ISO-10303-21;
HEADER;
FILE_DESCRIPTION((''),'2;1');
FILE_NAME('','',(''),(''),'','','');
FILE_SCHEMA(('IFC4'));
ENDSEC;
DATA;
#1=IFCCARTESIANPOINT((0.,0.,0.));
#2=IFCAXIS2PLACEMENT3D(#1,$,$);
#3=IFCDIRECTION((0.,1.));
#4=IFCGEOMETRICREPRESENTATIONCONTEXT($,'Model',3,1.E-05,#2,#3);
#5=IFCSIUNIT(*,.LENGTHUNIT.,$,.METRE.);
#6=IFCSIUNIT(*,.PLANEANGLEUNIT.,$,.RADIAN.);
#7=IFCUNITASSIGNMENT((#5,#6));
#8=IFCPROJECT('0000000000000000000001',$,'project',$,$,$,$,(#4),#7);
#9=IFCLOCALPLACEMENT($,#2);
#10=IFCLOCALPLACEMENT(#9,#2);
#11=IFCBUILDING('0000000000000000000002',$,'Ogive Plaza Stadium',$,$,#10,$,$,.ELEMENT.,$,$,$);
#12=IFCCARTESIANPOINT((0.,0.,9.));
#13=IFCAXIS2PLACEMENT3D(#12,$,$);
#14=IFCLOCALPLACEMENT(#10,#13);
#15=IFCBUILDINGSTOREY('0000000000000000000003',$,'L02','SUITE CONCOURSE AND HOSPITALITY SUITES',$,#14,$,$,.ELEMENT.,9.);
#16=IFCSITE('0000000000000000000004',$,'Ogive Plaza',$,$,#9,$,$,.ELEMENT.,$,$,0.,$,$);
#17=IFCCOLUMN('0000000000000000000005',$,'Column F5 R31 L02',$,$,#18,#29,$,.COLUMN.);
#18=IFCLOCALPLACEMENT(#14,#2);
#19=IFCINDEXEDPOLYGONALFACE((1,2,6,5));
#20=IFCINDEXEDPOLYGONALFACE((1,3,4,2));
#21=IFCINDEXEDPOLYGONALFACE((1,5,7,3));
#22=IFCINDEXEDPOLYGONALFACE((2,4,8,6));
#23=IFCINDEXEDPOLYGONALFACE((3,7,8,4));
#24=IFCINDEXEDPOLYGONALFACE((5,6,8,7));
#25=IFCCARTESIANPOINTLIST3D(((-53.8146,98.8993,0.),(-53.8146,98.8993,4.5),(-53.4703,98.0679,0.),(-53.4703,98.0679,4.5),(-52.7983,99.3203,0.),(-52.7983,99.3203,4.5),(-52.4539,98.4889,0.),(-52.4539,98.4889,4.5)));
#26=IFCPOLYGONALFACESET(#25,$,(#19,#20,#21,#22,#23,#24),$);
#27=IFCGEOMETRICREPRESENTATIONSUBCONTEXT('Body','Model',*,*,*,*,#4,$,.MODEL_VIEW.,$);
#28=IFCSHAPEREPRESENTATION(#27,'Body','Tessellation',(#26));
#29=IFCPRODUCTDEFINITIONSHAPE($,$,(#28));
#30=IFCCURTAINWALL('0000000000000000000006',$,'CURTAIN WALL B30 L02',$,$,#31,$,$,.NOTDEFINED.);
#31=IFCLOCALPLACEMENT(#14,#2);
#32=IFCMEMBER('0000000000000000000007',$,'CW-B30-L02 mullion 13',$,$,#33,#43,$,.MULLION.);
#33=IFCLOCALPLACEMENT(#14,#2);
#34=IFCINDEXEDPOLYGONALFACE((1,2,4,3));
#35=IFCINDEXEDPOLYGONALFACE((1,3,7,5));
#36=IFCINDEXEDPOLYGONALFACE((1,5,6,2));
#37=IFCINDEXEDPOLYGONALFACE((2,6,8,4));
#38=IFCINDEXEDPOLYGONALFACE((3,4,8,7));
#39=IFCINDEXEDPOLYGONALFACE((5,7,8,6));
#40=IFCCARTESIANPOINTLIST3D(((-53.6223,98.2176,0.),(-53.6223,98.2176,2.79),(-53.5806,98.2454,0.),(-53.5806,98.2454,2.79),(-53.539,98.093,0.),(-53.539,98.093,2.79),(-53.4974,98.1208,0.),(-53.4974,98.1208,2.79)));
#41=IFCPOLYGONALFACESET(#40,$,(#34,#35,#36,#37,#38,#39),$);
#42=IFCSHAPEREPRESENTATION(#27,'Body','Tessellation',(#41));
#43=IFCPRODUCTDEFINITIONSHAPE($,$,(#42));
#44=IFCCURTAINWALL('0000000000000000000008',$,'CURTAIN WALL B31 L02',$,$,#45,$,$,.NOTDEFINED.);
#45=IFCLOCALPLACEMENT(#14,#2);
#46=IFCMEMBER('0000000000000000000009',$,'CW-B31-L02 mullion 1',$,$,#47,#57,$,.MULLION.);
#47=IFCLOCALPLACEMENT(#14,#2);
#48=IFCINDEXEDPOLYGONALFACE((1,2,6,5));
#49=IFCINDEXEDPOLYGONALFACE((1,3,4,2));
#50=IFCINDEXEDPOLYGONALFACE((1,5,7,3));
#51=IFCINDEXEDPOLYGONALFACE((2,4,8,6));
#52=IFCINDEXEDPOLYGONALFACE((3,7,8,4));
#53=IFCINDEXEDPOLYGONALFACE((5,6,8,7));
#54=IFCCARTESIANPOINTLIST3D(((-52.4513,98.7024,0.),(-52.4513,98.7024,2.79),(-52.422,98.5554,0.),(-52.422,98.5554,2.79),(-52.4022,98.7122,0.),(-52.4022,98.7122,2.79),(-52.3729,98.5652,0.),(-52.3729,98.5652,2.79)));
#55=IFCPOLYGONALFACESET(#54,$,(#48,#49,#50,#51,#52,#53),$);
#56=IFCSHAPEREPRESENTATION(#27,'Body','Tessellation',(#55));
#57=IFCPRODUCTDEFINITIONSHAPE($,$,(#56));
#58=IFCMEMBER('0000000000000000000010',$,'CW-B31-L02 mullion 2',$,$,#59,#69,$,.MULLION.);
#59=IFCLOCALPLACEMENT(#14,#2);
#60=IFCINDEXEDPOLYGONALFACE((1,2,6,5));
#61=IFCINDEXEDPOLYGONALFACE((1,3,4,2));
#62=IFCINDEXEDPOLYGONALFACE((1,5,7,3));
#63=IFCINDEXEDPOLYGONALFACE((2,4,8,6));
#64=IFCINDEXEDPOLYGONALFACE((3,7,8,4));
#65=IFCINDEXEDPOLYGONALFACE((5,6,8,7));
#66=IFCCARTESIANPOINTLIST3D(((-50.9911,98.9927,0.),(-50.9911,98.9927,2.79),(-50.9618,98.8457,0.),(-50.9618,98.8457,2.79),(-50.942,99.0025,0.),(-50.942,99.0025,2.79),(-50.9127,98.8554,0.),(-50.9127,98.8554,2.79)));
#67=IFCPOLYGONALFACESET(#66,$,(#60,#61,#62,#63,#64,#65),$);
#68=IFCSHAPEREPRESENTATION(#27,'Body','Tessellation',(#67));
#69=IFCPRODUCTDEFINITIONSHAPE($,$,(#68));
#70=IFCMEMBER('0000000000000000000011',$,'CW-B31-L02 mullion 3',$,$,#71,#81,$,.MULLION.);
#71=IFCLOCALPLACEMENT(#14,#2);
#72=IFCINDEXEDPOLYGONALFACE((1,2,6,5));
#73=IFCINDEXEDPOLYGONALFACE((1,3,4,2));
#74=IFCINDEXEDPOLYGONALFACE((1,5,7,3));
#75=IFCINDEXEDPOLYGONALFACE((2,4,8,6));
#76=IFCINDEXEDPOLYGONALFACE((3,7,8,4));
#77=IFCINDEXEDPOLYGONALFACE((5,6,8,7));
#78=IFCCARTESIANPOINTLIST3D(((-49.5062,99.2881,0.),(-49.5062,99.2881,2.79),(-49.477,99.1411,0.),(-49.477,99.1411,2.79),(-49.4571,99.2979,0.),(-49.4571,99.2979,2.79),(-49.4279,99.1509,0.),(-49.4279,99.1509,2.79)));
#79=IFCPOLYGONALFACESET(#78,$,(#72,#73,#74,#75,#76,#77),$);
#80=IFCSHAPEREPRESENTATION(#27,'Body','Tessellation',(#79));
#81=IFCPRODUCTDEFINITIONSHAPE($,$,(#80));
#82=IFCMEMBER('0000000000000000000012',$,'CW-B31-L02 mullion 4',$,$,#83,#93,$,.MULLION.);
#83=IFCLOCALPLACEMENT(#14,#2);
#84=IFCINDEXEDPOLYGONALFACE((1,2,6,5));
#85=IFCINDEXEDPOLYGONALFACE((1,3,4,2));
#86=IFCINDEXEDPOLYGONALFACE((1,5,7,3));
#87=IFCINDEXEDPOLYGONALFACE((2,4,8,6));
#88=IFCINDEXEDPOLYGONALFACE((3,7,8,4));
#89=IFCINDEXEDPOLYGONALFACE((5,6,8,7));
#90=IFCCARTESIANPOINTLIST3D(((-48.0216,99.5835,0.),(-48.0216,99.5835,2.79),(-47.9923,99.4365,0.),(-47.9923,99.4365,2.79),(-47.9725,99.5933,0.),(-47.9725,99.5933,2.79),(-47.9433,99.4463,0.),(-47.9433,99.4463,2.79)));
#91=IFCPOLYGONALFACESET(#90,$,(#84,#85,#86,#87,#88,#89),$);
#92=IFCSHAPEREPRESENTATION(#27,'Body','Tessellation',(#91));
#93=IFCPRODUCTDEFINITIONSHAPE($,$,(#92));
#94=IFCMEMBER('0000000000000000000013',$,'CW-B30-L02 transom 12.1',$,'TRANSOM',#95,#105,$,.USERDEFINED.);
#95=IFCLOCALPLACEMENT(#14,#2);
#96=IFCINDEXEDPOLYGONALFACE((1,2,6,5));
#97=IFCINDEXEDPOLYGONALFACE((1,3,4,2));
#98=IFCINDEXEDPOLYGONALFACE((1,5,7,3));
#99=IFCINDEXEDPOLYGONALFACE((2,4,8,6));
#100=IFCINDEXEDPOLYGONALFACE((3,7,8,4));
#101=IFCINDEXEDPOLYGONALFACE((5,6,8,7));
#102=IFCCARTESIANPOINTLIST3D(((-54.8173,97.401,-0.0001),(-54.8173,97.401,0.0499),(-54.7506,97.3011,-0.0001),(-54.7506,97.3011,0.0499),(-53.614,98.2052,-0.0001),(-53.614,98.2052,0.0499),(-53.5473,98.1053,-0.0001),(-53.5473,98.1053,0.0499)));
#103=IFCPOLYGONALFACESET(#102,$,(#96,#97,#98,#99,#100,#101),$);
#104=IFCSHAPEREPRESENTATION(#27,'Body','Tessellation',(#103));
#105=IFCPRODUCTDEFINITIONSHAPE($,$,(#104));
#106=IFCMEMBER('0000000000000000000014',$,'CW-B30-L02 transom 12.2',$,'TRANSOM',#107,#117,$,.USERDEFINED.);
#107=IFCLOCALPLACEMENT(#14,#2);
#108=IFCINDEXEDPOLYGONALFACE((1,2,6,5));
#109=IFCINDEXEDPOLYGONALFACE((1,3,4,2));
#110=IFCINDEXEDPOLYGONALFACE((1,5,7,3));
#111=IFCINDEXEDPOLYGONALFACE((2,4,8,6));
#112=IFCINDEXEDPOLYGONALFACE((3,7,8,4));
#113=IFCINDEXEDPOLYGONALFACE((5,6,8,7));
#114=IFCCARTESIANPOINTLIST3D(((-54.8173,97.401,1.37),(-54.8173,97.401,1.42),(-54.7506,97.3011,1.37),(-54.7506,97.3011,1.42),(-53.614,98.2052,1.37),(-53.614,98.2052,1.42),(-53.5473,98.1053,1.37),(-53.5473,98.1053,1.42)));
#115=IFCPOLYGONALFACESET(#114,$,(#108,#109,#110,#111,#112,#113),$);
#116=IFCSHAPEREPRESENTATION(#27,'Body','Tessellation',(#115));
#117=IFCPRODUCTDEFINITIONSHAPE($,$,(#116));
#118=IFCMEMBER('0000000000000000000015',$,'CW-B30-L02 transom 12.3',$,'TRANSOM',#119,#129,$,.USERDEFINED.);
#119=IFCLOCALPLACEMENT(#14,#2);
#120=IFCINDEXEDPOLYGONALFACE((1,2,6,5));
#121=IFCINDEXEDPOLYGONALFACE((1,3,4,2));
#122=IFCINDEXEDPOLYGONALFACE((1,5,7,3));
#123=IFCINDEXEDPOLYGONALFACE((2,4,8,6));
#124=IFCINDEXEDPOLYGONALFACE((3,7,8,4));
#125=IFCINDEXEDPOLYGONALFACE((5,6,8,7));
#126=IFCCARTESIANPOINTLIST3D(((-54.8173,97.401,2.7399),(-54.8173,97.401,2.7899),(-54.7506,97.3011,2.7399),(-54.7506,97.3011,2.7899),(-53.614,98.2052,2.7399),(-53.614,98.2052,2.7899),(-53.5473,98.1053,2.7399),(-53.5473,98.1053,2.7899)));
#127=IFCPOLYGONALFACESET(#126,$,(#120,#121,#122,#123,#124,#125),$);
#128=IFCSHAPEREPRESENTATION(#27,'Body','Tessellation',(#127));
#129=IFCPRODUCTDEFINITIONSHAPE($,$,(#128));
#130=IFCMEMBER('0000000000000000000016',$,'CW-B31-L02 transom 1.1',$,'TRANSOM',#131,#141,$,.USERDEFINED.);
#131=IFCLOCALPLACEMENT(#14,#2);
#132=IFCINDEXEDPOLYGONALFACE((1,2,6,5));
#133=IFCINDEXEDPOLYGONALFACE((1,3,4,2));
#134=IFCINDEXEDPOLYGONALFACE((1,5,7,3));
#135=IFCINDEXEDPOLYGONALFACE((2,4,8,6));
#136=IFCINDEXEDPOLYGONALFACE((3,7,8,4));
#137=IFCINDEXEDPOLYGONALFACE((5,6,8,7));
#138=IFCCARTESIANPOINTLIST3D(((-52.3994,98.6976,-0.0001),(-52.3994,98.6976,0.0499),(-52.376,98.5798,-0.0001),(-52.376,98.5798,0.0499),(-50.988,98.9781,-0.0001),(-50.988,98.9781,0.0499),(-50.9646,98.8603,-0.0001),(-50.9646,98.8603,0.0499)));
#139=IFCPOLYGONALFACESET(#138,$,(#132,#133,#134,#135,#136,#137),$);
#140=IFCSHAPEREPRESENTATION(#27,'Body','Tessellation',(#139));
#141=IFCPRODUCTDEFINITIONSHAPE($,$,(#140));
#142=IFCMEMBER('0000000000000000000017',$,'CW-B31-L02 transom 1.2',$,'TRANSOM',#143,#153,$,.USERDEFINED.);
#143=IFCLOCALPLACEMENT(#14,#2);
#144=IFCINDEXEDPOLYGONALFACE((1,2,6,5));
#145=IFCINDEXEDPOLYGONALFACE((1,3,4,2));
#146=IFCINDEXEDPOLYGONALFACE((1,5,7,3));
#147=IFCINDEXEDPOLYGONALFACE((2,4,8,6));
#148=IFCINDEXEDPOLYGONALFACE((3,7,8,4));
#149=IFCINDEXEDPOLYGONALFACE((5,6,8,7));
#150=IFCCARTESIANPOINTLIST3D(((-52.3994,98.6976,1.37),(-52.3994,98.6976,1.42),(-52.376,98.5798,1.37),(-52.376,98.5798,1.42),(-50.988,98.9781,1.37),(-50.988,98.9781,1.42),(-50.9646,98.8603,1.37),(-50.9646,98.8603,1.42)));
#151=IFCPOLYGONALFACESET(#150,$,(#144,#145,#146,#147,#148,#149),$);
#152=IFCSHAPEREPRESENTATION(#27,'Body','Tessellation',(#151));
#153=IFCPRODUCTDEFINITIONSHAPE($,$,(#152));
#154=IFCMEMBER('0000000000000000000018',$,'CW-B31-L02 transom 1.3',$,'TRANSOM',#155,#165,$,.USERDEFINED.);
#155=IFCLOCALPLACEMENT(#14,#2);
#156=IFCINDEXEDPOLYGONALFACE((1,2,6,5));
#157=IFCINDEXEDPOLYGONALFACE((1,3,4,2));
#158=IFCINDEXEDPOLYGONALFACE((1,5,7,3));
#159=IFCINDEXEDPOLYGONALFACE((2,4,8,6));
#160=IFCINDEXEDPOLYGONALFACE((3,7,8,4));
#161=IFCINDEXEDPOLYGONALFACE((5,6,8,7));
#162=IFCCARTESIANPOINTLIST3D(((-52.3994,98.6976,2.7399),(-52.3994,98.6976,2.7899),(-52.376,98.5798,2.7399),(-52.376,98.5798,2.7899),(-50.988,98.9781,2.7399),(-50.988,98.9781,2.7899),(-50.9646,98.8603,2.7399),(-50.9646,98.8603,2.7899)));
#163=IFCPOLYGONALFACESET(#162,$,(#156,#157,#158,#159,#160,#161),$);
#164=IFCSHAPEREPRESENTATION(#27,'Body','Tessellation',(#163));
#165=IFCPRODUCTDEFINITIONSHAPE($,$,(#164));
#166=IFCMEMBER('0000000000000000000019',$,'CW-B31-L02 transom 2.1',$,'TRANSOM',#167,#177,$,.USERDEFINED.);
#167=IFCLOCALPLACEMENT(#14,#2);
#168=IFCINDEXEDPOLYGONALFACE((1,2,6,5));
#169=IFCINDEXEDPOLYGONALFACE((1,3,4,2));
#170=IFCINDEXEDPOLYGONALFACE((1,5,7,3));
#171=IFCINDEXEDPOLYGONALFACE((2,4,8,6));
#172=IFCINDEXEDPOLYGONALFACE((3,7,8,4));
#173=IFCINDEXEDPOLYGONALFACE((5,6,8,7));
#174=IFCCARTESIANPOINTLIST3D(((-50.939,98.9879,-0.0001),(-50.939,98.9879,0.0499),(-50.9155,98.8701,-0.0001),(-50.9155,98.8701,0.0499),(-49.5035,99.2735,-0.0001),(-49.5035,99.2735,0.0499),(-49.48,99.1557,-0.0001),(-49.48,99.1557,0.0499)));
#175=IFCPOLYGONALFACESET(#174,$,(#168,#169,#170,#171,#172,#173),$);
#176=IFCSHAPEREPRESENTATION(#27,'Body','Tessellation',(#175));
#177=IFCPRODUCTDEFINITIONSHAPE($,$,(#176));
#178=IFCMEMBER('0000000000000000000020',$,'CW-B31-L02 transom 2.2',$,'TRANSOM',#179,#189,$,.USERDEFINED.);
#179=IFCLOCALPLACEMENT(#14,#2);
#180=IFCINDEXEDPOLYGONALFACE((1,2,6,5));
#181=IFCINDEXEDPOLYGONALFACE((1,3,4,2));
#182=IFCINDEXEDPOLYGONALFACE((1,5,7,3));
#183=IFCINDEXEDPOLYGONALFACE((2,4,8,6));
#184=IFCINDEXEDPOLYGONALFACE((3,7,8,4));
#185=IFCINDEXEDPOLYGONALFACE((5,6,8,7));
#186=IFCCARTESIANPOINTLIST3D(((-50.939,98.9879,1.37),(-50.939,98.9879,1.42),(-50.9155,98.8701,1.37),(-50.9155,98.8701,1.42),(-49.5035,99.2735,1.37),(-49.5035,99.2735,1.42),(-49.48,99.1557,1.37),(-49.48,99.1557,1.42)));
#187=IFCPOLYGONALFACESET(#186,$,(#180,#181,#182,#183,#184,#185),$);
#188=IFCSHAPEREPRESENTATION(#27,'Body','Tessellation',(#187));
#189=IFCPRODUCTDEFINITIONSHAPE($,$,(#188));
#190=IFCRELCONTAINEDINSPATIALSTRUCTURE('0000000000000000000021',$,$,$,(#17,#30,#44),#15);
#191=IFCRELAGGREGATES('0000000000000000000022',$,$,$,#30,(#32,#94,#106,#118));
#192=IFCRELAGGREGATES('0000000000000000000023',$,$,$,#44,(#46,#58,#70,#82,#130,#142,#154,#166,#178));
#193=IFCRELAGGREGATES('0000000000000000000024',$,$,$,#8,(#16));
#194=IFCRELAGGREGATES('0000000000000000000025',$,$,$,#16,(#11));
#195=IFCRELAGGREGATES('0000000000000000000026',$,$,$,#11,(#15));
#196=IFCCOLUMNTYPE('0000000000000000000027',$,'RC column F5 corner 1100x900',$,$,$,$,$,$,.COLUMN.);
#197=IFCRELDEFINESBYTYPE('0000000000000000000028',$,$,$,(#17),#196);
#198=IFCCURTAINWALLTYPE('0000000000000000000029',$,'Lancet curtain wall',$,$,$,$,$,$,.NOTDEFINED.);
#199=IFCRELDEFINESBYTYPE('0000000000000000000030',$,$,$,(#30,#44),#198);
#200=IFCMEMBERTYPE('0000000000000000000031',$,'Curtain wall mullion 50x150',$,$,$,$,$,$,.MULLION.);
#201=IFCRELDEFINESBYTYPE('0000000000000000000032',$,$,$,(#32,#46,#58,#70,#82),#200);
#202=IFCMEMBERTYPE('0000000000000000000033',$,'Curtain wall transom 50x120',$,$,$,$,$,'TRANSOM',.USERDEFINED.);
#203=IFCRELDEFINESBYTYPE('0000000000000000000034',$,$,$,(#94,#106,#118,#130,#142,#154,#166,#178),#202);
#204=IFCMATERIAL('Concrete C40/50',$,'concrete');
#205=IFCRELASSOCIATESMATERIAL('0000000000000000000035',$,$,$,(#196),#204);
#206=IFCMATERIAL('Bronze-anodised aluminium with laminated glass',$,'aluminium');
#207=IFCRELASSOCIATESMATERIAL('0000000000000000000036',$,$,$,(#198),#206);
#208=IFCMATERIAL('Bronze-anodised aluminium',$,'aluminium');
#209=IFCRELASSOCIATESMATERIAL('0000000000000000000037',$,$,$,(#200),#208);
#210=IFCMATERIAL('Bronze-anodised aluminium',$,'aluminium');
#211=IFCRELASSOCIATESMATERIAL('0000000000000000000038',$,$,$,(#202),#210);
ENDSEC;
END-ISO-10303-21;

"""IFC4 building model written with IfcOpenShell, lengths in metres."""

from ifc_helpers import new_model, si_unit, direction, frame, origin, origin_2d, place, context, subcontext, project, spatial, rectangle, extrude, material, material_profile, profile_set, type_object, element, aggregate, save


model = new_model("IFC4")

# Units and contexts
model_context = context("Model", 3, precision=1e-05, world=origin(), true_north=direction((0.0, 1.0)))
body_context = subcontext(model_context, "Body", "Model", "MODEL_VIEW")
ifc_project = project(units=[si_unit("LENGTHUNIT", "METRE"), si_unit("PLANEANGLEUNIT", "RADIAN")], contexts=[model_context])

# Site, building, storey
site_placement = place(None, origin())
site = spatial("IfcSite", under=ifc_project, at=site_placement, Name="Ogive Plaza", CompositionType="ELEMENT", RefElevation=0.0)
building_placement = place(site_placement, origin())
building = spatial("IfcBuilding", under=site, at=building_placement, Name="Ogive Plaza Stadium", CompositionType="ELEMENT")
storey_placement = place(building_placement, frame((0.0, 0.0, 9.0)))
storey = spatial("IfcBuildingStorey", under=building, at=storey_placement, Name="L02", Description="SUITE CONCOURSE AND HOSPITALITY SUITES", CompositionType="ELEMENT", Elevation=9.0)

# Column
ifc_material_1 = material(Name="Concrete C40/50", Category="concrete")
ifc_material_profile_1 = material_profile(ifc_material_1, rectangle(XDim=1.1001, YDim=0.8999, at=origin_2d()), Name="RC 1100x900")
ifc_profile_set_1 = profile_set([ifc_material_profile_1], Name="Concrete C40/50")
column_type = type_object("IfcColumnType", Name="RC column F5 corner 1100x900", PredefinedType="COLUMN", material=ifc_profile_set_1)
column_placement = place(storey_placement, frame((-53.1343, 98.6941, 0.0), z_axis=(0.0, 0.0, 1.0), x_axis=(-0.92388, -0.382683, 0.0)))
element("IfcColumn", 1, at=column_placement, inside=storey, type_object=column_type, Name="Column F5 R31 L02", PredefinedType="COLUMN", context=body_context, shape_type="SweptSolid", body=[
    extrude(rectangle(XDim=1.1001, YDim=0.8999, at=origin_2d()), origin(), (0.0, 0.0, 1.0), 4.5),
])

# Curtain wall, member
ifc_material_2 = material(Name="Bronze-anodised aluminium with laminated glass", Category="aluminium")
curtain_wall_type = type_object("IfcCurtainWallType", Name="Lancet curtain wall", PredefinedType="NOTDEFINED", material=ifc_material_2)
curtain_wall_1_placement = place(storey_placement, origin())
curtain_wall_1 = element("IfcCurtainWall", 2, at=curtain_wall_1_placement, inside=storey, type_object=curtain_wall_type, Name="CURTAIN WALL B30 L02", PredefinedType="NOTDEFINED")
ifc_material_3 = material(Name="Bronze-anodised aluminium", Category="aluminium")
ifc_material_profile_2 = material_profile(ifc_material_3, rectangle(XDim=0.1499, YDim=0.05, at=origin_2d()), Name="AL 150x50")
ifc_profile_set_2 = profile_set([ifc_material_profile_2], Name="Bronze-anodised aluminium")
member_type_1 = type_object("IfcMemberType", Name="Curtain wall mullion 50x150", PredefinedType="MULLION", material=ifc_profile_set_2)
member_1_placement = place(storey_placement, frame((-53.5598, 98.1692, 0.0), z_axis=(0.0, 0.0, 1.0), x_axis=(-0.55557, 0.83147, 0.0)))
member_1 = element("IfcMember", 3, at=member_1_placement, type_object=member_type_1, Name="CW-B30-L02 mullion 13", PredefinedType="MULLION", context=body_context, shape_type="SweptSolid", body=[
    extrude(rectangle(XDim=0.1499, YDim=0.05, at=origin_2d()), origin(), (0.0, 0.0, 1.0), 2.79),
])

# Curtain wall, members
curtain_wall_2_placement = place(storey_placement, origin())
curtain_wall_2 = element("IfcCurtainWall", 4, at=curtain_wall_2_placement, inside=storey, type_object=curtain_wall_type, Name="CURTAIN WALL B31 L02", PredefinedType="NOTDEFINED")
member_2_placement = place(storey_placement, frame((-52.4121, 98.6338, 0.0), z_axis=(0.0, 0.0, 1.0), x_axis=(-0.19509, 0.980785, 0.0)))
member_2 = element("IfcMember", 5, at=member_2_placement, type_object=member_type_1, Name="CW-B31-L02 mullion 1", PredefinedType="MULLION", context=body_context, shape_type="SweptSolid", body=[
    extrude(rectangle(XDim=0.1499, YDim=0.05, at=origin_2d()), origin(), (0.0, 0.0, 1.0), 2.79),
])
member_3_placement = place(storey_placement, frame((-50.9519, 98.9241, 0.0), z_axis=(0.0, 0.0, 1.0), x_axis=(-0.19509, 0.980785, 0.0)))
member_3 = element("IfcMember", 6, at=member_3_placement, type_object=member_type_1, Name="CW-B31-L02 mullion 2", PredefinedType="MULLION", context=body_context, shape_type="SweptSolid", body=[
    extrude(rectangle(XDim=0.1499, YDim=0.05, at=origin_2d()), origin(), (0.0, 0.0, 1.0), 2.79),
])
member_4_placement = place(storey_placement, frame((-49.467, 99.2195, 0.0), z_axis=(0.0, 0.0, 1.0), x_axis=(-0.19509, 0.980785, 0.0)))
member_4 = element("IfcMember", 7, at=member_4_placement, type_object=member_type_1, Name="CW-B31-L02 mullion 3", PredefinedType="MULLION", context=body_context, shape_type="SweptSolid", body=[
    extrude(rectangle(XDim=0.1499, YDim=0.05, at=origin_2d()), origin(), (0.0, 0.0, 1.0), 2.79),
])
member_5_placement = place(storey_placement, frame((-47.9824, 99.5149, 0.0), z_axis=(0.0, 0.0, 1.0), x_axis=(-0.19509, 0.980785, 0.0)))
member_5 = element("IfcMember", 8, at=member_5_placement, type_object=member_type_1, Name="CW-B31-L02 mullion 4", PredefinedType="MULLION", context=body_context, shape_type="SweptSolid", body=[
    extrude(rectangle(XDim=0.1499, YDim=0.05, at=origin_2d()), origin(), (0.0, 0.0, 1.0), 2.79),
])

# Members
ifc_material_4 = material(Name="Bronze-anodised aluminium", Category="aluminium")
ifc_material_profile_3 = material_profile(ifc_material_4, rectangle(XDim=0.1201, YDim=0.05, at=origin_2d()), Name="AL 120x50")
ifc_profile_set_3 = profile_set([ifc_material_profile_3], Name="Bronze-anodised aluminium")
member_type_2 = type_object("IfcMemberType", Name="Curtain wall transom 50x120", ElementType="TRANSOM", PredefinedType="USERDEFINED", material=ifc_profile_set_3)
member_6_placement = place(storey_placement, frame((-54.7839, 97.3511, 0.0249), z_axis=(0.831427, 0.555634, 0.0), x_axis=(-0.555634, 0.831427, 0.0)))
member_6 = element("IfcMember", 9, at=member_6_placement, type_object=member_type_2, Name="CW-B30-L02 transom 12.1", ObjectType="TRANSOM", PredefinedType="USERDEFINED", context=body_context, shape_type="SweptSolid", body=[
    extrude(rectangle(XDim=0.1201, YDim=0.05, at=origin_2d()), origin(), (0.0, 0.0, 1.0), 1.4473),
])
member_7_placement = place(storey_placement, frame((-54.7839, 97.3511, 1.395), z_axis=(0.831427, 0.555634, 0.0), x_axis=(-0.555634, 0.831427, 0.0)))
member_7 = element("IfcMember", 10, at=member_7_placement, type_object=member_type_2, Name="CW-B30-L02 transom 12.2", ObjectType="TRANSOM", PredefinedType="USERDEFINED", context=body_context, shape_type="SweptSolid", body=[
    extrude(rectangle(XDim=0.1201, YDim=0.05, at=origin_2d()), origin(), (0.0, 0.0, 1.0), 1.4473),
])
member_8_placement = place(storey_placement, frame((-54.7839, 97.3511, 2.7649), z_axis=(0.831427, 0.555634, 0.0), x_axis=(-0.555634, 0.831427, 0.0)))
member_8 = element("IfcMember", 11, at=member_8_placement, type_object=member_type_2, Name="CW-B30-L02 transom 12.3", ObjectType="TRANSOM", PredefinedType="USERDEFINED", context=body_context, shape_type="SweptSolid", body=[
    extrude(rectangle(XDim=0.1201, YDim=0.05, at=origin_2d()), origin(), (0.0, 0.0, 1.0), 1.4473),
])
member_9_placement = place(storey_placement, frame((-52.3877, 98.6387, 0.0249), z_axis=(0.980815, 0.194941, 0.0), x_axis=(-0.194941, 0.980815, 0.0)))
member_9 = element("IfcMember", 12, at=member_9_placement, type_object=member_type_2, Name="CW-B31-L02 transom 1.1", ObjectType="TRANSOM", PredefinedType="USERDEFINED", context=body_context, shape_type="SweptSolid", body=[
    extrude(rectangle(XDim=0.1201, YDim=0.05, at=origin_2d()), origin(), (0.0, 0.0, 1.0), 1.439),
])
member_10_placement = place(storey_placement, frame((-52.3877, 98.6387, 1.395), z_axis=(0.980815, 0.194941, 0.0), x_axis=(-0.194941, 0.980815, 0.0)))
member_10 = element("IfcMember", 13, at=member_10_placement, type_object=member_type_2, Name="CW-B31-L02 transom 1.2", ObjectType="TRANSOM", PredefinedType="USERDEFINED", context=body_context, shape_type="SweptSolid", body=[
    extrude(rectangle(XDim=0.1201, YDim=0.05, at=origin_2d()), origin(), (0.0, 0.0, 1.0), 1.439),
])
member_11_placement = place(storey_placement, frame((-52.3877, 98.6387, 2.7649), z_axis=(0.980815, 0.194941, 0.0), x_axis=(-0.194941, 0.980815, 0.0)))
member_11 = element("IfcMember", 14, at=member_11_placement, type_object=member_type_2, Name="CW-B31-L02 transom 1.3", ObjectType="TRANSOM", PredefinedType="USERDEFINED", context=body_context, shape_type="SweptSolid", body=[
    extrude(rectangle(XDim=0.1201, YDim=0.05, at=origin_2d()), origin(), (0.0, 0.0, 1.0), 1.439),
])
member_12_placement = place(storey_placement, frame((-50.9272, 98.929, 0.0249), z_axis=(0.980773, 0.195154, 0.0), x_axis=(-0.195154, 0.980773, 0.0)))
member_12 = element("IfcMember", 15, at=member_12_placement, type_object=member_type_2, Name="CW-B31-L02 transom 2.1", ObjectType="TRANSOM", PredefinedType="USERDEFINED", context=body_context, shape_type="SweptSolid", body=[
    extrude(rectangle(XDim=0.1201, YDim=0.05, at=origin_2d()), origin(), (0.0, 0.0, 1.0), 1.4636),
])
member_13_placement = place(storey_placement, frame((-50.9272, 98.929, 1.395), z_axis=(0.980773, 0.195154, 0.0), x_axis=(-0.195154, 0.980773, 0.0)))
member_13 = element("IfcMember", 16, at=member_13_placement, type_object=member_type_2, Name="CW-B31-L02 transom 2.2", ObjectType="TRANSOM", PredefinedType="USERDEFINED", context=body_context, shape_type="SweptSolid", body=[
    extrude(rectangle(XDim=0.1201, YDim=0.05, at=origin_2d()), origin(), (0.0, 0.0, 1.0), 1.4636),
])

aggregate(curtain_wall_1, [member_1, member_6, member_7, member_8])
aggregate(curtain_wall_2, [member_2, member_3, member_4, member_5, member_9, member_10, member_11, member_12, member_13])

save(model, "model.ifc")
